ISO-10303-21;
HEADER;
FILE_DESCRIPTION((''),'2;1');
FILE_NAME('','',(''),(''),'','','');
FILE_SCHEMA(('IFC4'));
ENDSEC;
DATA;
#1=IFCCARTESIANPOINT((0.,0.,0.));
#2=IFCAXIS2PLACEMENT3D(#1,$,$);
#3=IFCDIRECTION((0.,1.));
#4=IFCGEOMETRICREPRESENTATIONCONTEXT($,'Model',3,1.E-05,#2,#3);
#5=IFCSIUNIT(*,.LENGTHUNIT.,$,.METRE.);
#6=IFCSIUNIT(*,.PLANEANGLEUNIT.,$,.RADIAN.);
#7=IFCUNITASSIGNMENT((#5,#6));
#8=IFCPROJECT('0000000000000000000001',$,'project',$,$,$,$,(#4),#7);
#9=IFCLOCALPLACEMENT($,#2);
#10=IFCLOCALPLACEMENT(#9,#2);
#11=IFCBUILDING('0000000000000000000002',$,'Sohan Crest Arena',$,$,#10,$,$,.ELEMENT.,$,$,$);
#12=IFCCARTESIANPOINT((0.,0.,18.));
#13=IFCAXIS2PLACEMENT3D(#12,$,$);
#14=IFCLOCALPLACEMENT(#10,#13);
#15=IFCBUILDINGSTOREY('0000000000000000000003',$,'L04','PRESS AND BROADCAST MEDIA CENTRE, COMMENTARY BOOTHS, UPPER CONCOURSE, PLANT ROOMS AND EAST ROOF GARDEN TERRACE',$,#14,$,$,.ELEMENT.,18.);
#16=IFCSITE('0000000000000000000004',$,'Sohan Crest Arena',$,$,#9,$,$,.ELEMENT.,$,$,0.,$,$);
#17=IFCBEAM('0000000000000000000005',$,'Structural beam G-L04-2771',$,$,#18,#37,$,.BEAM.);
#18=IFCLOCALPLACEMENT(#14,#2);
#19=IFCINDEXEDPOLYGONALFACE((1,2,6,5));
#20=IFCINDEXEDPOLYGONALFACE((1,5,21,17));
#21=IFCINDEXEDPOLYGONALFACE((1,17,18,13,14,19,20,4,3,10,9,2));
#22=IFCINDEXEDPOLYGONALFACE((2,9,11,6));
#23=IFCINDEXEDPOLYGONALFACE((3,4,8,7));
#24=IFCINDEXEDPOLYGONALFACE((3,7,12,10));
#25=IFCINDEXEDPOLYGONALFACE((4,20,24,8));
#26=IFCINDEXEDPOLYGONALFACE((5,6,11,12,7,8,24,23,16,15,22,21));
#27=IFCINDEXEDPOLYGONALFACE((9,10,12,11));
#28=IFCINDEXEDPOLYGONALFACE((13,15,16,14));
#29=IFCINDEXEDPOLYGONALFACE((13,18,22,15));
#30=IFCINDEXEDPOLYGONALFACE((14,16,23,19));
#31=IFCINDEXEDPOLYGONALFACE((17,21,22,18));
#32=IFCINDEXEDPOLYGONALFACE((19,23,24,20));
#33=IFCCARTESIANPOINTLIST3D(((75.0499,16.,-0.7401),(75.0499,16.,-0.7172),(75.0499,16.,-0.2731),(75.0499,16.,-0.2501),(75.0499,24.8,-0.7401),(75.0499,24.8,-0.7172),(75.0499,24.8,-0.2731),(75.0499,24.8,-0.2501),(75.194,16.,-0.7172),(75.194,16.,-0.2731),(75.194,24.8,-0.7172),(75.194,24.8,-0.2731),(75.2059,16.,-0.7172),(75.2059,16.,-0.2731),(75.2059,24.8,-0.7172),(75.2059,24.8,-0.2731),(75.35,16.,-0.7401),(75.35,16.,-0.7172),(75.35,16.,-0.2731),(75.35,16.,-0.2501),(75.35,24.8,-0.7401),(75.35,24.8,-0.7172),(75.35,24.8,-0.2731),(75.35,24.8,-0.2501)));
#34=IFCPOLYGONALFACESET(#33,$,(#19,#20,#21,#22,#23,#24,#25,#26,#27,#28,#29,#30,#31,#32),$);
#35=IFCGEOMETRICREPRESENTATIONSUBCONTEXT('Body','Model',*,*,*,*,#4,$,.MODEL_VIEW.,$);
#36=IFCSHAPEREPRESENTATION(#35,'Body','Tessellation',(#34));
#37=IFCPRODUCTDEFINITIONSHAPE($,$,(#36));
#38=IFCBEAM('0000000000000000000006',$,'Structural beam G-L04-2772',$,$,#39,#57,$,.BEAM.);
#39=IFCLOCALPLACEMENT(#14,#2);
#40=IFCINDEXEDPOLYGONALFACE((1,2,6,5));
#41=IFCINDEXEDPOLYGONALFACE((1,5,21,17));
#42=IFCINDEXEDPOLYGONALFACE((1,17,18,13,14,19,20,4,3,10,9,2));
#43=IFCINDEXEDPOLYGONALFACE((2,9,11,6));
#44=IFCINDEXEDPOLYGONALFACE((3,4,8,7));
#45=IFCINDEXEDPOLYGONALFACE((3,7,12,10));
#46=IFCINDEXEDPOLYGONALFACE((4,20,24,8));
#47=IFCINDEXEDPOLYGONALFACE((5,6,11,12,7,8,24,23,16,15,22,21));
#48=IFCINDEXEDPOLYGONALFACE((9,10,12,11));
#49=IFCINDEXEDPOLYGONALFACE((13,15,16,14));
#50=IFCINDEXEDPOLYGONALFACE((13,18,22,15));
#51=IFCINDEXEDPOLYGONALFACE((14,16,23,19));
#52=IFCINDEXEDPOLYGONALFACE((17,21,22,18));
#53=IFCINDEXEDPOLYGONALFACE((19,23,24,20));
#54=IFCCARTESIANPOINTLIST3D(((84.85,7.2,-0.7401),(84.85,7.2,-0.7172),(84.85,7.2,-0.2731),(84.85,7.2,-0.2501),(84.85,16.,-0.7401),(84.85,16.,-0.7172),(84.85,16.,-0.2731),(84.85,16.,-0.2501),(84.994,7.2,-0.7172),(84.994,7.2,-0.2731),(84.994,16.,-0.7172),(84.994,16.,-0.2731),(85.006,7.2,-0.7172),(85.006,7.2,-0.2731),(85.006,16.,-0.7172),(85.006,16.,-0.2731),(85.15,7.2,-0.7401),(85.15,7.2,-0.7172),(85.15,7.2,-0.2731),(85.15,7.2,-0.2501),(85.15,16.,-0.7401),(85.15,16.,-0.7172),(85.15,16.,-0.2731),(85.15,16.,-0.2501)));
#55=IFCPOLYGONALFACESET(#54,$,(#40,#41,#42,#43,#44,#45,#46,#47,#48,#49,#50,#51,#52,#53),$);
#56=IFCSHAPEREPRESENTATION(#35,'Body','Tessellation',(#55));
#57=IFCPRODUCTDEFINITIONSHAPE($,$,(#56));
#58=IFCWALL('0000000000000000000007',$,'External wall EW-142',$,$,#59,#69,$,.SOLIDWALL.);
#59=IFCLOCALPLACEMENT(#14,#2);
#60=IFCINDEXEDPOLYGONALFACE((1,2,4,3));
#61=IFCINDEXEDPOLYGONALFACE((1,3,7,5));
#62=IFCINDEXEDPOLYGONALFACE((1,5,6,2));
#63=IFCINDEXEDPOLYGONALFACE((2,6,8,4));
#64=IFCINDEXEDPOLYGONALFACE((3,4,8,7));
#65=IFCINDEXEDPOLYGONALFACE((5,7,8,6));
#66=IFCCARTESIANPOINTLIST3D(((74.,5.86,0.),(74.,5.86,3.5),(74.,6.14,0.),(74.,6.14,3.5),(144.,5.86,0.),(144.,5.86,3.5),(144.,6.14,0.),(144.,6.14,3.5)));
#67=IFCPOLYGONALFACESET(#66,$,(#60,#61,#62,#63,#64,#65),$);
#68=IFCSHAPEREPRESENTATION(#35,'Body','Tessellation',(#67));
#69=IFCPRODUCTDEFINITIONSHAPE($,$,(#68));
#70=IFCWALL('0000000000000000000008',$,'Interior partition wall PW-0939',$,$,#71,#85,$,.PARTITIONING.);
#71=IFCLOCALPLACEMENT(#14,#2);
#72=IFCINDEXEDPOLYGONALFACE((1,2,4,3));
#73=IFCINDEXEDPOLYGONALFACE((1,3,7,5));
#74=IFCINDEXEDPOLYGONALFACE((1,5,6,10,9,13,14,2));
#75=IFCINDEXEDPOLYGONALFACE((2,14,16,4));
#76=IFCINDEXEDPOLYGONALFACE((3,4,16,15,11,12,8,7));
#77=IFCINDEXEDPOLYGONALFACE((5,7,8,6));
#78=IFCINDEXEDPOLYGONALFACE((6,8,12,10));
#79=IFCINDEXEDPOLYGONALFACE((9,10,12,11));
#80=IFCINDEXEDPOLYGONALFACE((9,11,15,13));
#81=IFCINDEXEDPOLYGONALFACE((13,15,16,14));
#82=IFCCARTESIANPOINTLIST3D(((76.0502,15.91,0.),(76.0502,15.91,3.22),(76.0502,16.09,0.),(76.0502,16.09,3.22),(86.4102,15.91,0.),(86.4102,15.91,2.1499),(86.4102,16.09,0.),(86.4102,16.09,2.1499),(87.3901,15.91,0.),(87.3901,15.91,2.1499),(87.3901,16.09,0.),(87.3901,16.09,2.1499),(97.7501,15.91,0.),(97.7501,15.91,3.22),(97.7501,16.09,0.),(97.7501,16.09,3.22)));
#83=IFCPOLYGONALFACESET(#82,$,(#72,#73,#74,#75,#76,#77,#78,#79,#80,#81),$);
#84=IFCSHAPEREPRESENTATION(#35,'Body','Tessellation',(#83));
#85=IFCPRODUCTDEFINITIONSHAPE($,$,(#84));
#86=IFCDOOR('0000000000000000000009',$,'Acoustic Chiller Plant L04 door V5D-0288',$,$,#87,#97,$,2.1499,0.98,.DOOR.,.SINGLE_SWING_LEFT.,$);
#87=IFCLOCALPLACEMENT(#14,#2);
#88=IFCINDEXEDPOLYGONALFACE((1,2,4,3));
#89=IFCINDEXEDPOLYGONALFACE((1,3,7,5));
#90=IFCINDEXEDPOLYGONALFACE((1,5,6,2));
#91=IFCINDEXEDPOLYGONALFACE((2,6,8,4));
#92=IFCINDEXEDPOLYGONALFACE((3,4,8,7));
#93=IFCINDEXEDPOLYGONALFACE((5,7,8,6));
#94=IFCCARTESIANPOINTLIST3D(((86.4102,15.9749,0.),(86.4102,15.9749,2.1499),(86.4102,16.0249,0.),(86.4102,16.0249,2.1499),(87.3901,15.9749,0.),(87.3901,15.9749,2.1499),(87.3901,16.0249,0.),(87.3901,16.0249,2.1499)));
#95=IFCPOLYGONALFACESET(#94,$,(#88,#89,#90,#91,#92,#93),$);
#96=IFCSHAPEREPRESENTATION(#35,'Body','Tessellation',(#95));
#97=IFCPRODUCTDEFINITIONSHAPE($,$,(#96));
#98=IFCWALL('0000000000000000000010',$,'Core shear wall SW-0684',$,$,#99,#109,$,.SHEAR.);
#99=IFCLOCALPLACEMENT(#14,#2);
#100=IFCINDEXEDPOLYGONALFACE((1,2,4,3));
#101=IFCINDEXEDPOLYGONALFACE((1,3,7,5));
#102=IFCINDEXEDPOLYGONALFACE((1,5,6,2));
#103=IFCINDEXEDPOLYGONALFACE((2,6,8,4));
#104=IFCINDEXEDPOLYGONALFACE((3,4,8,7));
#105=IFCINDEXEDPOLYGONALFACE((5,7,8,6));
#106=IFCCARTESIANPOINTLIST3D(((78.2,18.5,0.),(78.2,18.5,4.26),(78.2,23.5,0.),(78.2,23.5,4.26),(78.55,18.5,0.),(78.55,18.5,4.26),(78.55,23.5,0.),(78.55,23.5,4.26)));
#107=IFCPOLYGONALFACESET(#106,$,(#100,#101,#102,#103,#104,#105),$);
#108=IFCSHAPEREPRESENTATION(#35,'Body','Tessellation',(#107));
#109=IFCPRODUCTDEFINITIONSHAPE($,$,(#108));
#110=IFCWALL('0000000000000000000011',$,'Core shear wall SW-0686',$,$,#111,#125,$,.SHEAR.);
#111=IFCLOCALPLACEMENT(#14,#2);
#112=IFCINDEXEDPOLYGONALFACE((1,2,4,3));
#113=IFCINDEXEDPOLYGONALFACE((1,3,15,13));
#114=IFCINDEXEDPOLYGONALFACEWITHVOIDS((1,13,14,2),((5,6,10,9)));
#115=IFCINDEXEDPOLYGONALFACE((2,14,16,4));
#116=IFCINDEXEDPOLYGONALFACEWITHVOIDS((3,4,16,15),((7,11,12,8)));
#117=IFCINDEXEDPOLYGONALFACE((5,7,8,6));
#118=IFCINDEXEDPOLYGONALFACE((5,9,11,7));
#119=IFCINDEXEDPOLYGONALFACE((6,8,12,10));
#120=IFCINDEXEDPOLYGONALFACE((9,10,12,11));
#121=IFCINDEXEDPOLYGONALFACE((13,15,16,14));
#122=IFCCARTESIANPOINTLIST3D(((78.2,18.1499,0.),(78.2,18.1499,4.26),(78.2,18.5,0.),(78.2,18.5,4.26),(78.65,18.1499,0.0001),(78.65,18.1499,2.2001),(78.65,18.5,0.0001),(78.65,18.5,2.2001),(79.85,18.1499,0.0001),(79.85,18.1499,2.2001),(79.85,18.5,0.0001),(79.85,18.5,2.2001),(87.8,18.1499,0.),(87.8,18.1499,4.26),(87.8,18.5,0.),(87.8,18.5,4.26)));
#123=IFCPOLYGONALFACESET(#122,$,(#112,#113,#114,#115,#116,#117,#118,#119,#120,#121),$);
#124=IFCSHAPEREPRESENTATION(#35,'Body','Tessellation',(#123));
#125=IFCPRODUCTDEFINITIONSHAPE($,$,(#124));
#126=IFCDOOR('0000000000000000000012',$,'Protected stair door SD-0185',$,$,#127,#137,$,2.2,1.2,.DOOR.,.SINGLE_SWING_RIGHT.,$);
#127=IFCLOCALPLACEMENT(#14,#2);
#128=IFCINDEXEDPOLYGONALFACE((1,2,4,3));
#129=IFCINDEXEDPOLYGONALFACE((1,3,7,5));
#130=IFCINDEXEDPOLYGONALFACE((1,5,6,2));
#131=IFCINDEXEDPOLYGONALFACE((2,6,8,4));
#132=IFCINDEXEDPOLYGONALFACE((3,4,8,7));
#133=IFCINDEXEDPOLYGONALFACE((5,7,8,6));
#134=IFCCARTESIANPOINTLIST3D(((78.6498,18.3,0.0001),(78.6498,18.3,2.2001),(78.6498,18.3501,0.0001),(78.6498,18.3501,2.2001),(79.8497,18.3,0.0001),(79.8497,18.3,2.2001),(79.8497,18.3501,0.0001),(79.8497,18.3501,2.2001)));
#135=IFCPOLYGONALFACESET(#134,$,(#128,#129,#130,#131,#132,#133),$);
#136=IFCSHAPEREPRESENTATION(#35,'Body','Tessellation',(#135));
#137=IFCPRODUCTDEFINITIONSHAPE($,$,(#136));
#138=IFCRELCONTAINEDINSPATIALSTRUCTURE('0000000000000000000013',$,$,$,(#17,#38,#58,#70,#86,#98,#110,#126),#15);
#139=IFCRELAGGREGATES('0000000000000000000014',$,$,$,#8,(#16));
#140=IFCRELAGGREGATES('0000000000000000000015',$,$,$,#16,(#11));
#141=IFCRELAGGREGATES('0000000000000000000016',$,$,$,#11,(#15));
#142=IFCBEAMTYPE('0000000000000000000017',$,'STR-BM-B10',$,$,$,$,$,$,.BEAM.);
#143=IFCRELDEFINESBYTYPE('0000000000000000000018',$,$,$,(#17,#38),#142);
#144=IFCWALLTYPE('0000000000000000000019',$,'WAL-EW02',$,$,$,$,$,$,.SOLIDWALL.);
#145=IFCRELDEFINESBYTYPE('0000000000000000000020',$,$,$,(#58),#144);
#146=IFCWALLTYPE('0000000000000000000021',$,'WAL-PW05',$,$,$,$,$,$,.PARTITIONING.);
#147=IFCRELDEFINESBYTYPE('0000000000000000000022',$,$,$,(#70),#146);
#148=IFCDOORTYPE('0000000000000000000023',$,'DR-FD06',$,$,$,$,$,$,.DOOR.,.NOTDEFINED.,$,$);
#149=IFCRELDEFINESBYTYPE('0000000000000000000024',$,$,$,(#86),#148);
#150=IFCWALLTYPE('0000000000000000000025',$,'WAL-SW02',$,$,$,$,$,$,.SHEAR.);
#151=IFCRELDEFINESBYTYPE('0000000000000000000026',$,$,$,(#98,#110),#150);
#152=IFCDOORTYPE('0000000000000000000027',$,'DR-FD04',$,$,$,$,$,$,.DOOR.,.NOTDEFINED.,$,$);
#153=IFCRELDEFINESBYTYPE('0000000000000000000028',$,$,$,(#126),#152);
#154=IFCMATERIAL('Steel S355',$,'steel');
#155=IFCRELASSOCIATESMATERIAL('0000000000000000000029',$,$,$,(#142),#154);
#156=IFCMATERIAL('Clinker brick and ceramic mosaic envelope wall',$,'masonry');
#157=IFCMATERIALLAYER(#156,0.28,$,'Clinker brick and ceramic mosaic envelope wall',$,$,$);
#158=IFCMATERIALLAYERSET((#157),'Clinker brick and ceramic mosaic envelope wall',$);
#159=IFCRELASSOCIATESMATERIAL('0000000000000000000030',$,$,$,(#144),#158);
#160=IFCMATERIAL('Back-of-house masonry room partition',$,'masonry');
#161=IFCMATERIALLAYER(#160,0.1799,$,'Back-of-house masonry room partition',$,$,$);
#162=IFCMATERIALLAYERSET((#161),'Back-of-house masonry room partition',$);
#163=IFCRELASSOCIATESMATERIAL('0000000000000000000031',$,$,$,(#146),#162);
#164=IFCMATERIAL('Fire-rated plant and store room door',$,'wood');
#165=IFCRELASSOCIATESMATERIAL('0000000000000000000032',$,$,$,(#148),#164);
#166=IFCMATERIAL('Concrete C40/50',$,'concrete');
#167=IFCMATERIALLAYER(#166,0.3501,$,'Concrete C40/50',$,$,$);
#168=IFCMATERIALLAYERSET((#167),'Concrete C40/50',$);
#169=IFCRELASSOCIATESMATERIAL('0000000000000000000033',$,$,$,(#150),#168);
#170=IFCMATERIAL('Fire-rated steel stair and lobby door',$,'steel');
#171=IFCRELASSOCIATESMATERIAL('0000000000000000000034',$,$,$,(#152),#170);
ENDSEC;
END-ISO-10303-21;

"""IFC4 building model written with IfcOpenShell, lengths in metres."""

from ifc_helpers import new_model, si_unit, direction, frame, frame_2d, origin, origin_2d, place, context, subcontext, project, spatial, rectangle, i_section, extrude, material, layer, layer_set, material_profile, profile_set, type_object, element, fill, save


model = new_model("IFC4")

# Units and contexts
model_context = context("Model", 3, precision=1e-05, world=origin(), true_north=direction((0.0, 1.0)))
body_context = subcontext(model_context, "Body", "Model", "MODEL_VIEW")
ifc_project = project(units=[si_unit("LENGTHUNIT", "METRE"), si_unit("PLANEANGLEUNIT", "RADIAN")], contexts=[model_context])

# Site, building, storey
site_placement = place(None, origin())
site = spatial("IfcSite", under=ifc_project, at=site_placement, Name="Sohan Crest Arena", CompositionType="ELEMENT", RefElevation=0.0)
building_placement = place(site_placement, origin())
building = spatial("IfcBuilding", under=site, at=building_placement, Name="Sohan Crest Arena", CompositionType="ELEMENT")
storey_placement = place(building_placement, frame((0.0, 0.0, 18.0)))
storey = spatial("IfcBuildingStorey", under=building, at=storey_placement, Name="L04", Description="PRESS AND BROADCAST MEDIA CENTRE, COMMENTARY BOOTHS, UPPER CONCOURSE, PLANT ROOMS AND EAST ROOF GARDEN TERRACE", CompositionType="ELEMENT", Elevation=18.0)

# Shared definitions
ifc_material_1 = material(Name="Steel S355", Category="steel")

# Beams
ifc_material_profile_1 = material_profile(ifc_material_1, i_section(OverallWidth=0.3, OverallDepth=0.49, WebThickness=0.012, FlangeThickness=0.0229, at=origin_2d()), Name="HEA 500")
ifc_profile_set_1 = profile_set([ifc_material_profile_1], Name="Steel S355")
beam_type_1 = type_object("IfcBeamType", Name="STR-BM-B10", PredefinedType="BEAM", material=ifc_profile_set_1)
for number, where, z_axis, x_axis, name in (
    (1, (75.2, 16.0, -0.4951), (0.0, 1.0, 0.0), (-1.0, 0.0, 0.0), "Structural beam G-L04-2771"),
    (2, (85.0, 7.2, -0.4951), (0.0, 1.0, 0.0), (-1.0, 0.0, 0.0), "Structural beam G-L04-2772"),
):
    element("IfcBeam", number, at=place(storey_placement, frame(where, z_axis=z_axis, x_axis=x_axis)), inside=storey, type_object=beam_type_1, Name=name, PredefinedType="BEAM", context=body_context, shape_type="SweptSolid", body=[
        extrude(i_section(OverallWidth=0.3, OverallDepth=0.49, WebThickness=0.012, FlangeThickness=0.0229, at=origin_2d()), origin(), (0.0, 0.0, 1.0), 8.8),
    ])

# Wall
ifc_material_2 = material(Name="Clinker brick and ceramic mosaic envelope wall", Category="masonry")
ifc_layer_1 = layer(ifc_material_2, 0.28, Name="Clinker brick and ceramic mosaic envelope wall")
ifc_layer_set_1 = layer_set([ifc_layer_1], Name="Clinker brick and ceramic mosaic envelope wall")
wall_type_1 = type_object("IfcWallType", Name="WAL-EW02", PredefinedType="SOLIDWALL", material=ifc_layer_set_1)
wall_1_placement = place(storey_placement, frame((74.0, 6.0, 0.0), z_axis=(0.0, 0.0, 1.0), x_axis=(1.0, 0.0, 0.0)))
element("IfcWall", 3, at=wall_1_placement, inside=storey, type_object=wall_type_1, Name="External wall EW-142", PredefinedType="SOLIDWALL", context=body_context, shape_type="SweptSolid", body=[
    extrude(rectangle(XDim=70.0, YDim=0.28, at=frame_2d((35.0, 0.0))), origin(), (0.0, 0.0, 1.0), 3.5),
])

# Wall, opening, door
ifc_material_3 = material(Name="Back-of-house masonry room partition", Category="masonry")
ifc_layer_2 = layer(ifc_material_3, 0.1799, Name="Back-of-house masonry room partition")
ifc_layer_set_2 = layer_set([ifc_layer_2], Name="Back-of-house masonry room partition")
wall_type_2 = type_object("IfcWallType", Name="WAL-PW05", PredefinedType="PARTITIONING", material=ifc_layer_set_2)
wall_2_placement = place(storey_placement, frame((76.05, 16.0, 0.0), z_axis=(0.0, 0.0, 1.0), x_axis=(1.0, 0.0, 0.0)))
wall_2 = element("IfcWall", 4, at=wall_2_placement, inside=storey, type_object=wall_type_2, Name="Interior partition wall PW-0939", PredefinedType="PARTITIONING", context=body_context, shape_type="SweptSolid", body=[
    extrude(rectangle(XDim=21.7, YDim=0.1799, at=frame_2d((10.8501, 0.0))), origin(), (0.0, 0.0, 1.0), 3.22),
])
opening_1_placement = place(wall_2_placement, frame((10.3601, 0.0, 0.0)))
opening_1 = element("IfcOpeningElement", 5, at=opening_1_placement, cuts=wall_2, PredefinedType="OPENING", context=body_context, shape_type="SweptSolid", body=[
    extrude(rectangle(XDim=0.98, YDim=2.1499, at=frame_2d((0.49, 1.075))), frame((0.0, 0.0999, 0.0), z_axis=(0.0, -1.0, 0.0), x_axis=(1.0, 0.0, 0.0)), (0.0, 0.0, 1.0), 0.2),
])
ifc_material_4 = material(Name="Fire-rated plant and store room door", Category="wood")
door_type_1 = type_object("IfcDoorType", Name="DR-FD06", OperationType="NOTDEFINED", PredefinedType="DOOR", material=ifc_material_4)
door_1_placement = place(opening_1_placement, origin())
door_1 = element("IfcDoor", 6, at=door_1_placement, inside=storey, type_object=door_type_1, Name="Acoustic Chiller Plant L04 door V5D-0288", OperationType="SINGLE_SWING_LEFT", OverallHeight=2.1499, OverallWidth=0.98, PredefinedType="DOOR", context=body_context, shape_type="SweptSolid", body=[
    extrude(rectangle(XDim=0.98, YDim=2.1499, at=frame_2d((0.49, 1.075))), frame((0.0, 0.0249, 0.0), z_axis=(0.0, -1.0, 0.0), x_axis=(1.0, 0.0, 0.0)), (0.0, 0.0, 1.0), 0.05),
])
fill(opening_1, door_1)

# Wall
ifc_material_5 = material(Name="Concrete C40/50", Category="concrete")
ifc_layer_3 = layer(ifc_material_5, 0.3501, Name="Concrete C40/50")
ifc_layer_set_3 = layer_set([ifc_layer_3], Name="Concrete C40/50")
wall_type_3 = type_object("IfcWallType", Name="WAL-SW02", PredefinedType="SHEAR", material=ifc_layer_set_3)
wall_3_placement = place(storey_placement, frame((78.375, 18.5, 0.0), z_axis=(0.0, 0.0, 1.0), x_axis=(0.0, 1.0, 0.0)))
element("IfcWall", 7, at=wall_3_placement, inside=storey, type_object=wall_type_3, Name="Core shear wall SW-0684", PredefinedType="SHEAR", context=body_context, shape_type="SweptSolid", body=[
    extrude(rectangle(XDim=5.0, YDim=0.3501, at=frame_2d((2.5, 0.0))), origin(), (0.0, 0.0, 1.0), 4.26),
])

# Wall, opening, door
wall_4_placement = place(storey_placement, frame((78.2, 18.325, 0.0), z_axis=(0.0, 0.0, 1.0), x_axis=(1.0, 0.0, 0.0)))
wall_4 = element("IfcWall", 8, at=wall_4_placement, inside=storey, type_object=wall_type_3, Name="Core shear wall SW-0686", PredefinedType="SHEAR", context=body_context, shape_type="SweptSolid", body=[
    extrude(rectangle(XDim=9.6001, YDim=0.3501, at=frame_2d((4.8, 0.0))), origin(), (0.0, 0.0, 1.0), 4.26),
])
opening_2_placement = place(wall_4_placement, frame((0.45, 0.0, 0.0)))
opening_2 = element("IfcOpeningElement", 9, at=opening_2_placement, cuts=wall_4, PredefinedType="OPENING", context=body_context, shape_type="SweptSolid", body=[
    extrude(rectangle(XDim=1.2, YDim=2.2, at=frame_2d((0.6001, 1.1001))), frame((0.0, 0.1851, 0.0), z_axis=(0.0, -1.0, 0.0), x_axis=(1.0, 0.0, 0.0)), (0.0, 0.0, 1.0), 0.3701),
])
ifc_material_6 = material(Name="Fire-rated steel stair and lobby door", Category="steel")
door_type_2 = type_object("IfcDoorType", Name="DR-FD04", OperationType="NOTDEFINED", PredefinedType="DOOR", material=ifc_material_6)
door_2_placement = place(opening_2_placement, frame((1.2, 0.0, 0.0), z_axis=(0.0, 0.0, 1.0), x_axis=(-1.0, 0.0, 0.0)))
door_2 = element("IfcDoor", 10, at=door_2_placement, inside=storey, type_object=door_type_2, Name="Protected stair door SD-0185", OperationType="SINGLE_SWING_RIGHT", OverallHeight=2.2, OverallWidth=1.2, PredefinedType="DOOR", context=body_context, shape_type="SweptSolid", body=[
    extrude(rectangle(XDim=1.2, YDim=2.2, at=frame_2d((0.6001, 1.1001))), frame((0.0, 0.0249, 0.0), z_axis=(0.0, -1.0, 0.0), x_axis=(1.0, 0.0, 0.0)), (0.0, 0.0, 1.0), 0.05),
])
fill(opening_2, door_2)

save(model, "model.ifc")
